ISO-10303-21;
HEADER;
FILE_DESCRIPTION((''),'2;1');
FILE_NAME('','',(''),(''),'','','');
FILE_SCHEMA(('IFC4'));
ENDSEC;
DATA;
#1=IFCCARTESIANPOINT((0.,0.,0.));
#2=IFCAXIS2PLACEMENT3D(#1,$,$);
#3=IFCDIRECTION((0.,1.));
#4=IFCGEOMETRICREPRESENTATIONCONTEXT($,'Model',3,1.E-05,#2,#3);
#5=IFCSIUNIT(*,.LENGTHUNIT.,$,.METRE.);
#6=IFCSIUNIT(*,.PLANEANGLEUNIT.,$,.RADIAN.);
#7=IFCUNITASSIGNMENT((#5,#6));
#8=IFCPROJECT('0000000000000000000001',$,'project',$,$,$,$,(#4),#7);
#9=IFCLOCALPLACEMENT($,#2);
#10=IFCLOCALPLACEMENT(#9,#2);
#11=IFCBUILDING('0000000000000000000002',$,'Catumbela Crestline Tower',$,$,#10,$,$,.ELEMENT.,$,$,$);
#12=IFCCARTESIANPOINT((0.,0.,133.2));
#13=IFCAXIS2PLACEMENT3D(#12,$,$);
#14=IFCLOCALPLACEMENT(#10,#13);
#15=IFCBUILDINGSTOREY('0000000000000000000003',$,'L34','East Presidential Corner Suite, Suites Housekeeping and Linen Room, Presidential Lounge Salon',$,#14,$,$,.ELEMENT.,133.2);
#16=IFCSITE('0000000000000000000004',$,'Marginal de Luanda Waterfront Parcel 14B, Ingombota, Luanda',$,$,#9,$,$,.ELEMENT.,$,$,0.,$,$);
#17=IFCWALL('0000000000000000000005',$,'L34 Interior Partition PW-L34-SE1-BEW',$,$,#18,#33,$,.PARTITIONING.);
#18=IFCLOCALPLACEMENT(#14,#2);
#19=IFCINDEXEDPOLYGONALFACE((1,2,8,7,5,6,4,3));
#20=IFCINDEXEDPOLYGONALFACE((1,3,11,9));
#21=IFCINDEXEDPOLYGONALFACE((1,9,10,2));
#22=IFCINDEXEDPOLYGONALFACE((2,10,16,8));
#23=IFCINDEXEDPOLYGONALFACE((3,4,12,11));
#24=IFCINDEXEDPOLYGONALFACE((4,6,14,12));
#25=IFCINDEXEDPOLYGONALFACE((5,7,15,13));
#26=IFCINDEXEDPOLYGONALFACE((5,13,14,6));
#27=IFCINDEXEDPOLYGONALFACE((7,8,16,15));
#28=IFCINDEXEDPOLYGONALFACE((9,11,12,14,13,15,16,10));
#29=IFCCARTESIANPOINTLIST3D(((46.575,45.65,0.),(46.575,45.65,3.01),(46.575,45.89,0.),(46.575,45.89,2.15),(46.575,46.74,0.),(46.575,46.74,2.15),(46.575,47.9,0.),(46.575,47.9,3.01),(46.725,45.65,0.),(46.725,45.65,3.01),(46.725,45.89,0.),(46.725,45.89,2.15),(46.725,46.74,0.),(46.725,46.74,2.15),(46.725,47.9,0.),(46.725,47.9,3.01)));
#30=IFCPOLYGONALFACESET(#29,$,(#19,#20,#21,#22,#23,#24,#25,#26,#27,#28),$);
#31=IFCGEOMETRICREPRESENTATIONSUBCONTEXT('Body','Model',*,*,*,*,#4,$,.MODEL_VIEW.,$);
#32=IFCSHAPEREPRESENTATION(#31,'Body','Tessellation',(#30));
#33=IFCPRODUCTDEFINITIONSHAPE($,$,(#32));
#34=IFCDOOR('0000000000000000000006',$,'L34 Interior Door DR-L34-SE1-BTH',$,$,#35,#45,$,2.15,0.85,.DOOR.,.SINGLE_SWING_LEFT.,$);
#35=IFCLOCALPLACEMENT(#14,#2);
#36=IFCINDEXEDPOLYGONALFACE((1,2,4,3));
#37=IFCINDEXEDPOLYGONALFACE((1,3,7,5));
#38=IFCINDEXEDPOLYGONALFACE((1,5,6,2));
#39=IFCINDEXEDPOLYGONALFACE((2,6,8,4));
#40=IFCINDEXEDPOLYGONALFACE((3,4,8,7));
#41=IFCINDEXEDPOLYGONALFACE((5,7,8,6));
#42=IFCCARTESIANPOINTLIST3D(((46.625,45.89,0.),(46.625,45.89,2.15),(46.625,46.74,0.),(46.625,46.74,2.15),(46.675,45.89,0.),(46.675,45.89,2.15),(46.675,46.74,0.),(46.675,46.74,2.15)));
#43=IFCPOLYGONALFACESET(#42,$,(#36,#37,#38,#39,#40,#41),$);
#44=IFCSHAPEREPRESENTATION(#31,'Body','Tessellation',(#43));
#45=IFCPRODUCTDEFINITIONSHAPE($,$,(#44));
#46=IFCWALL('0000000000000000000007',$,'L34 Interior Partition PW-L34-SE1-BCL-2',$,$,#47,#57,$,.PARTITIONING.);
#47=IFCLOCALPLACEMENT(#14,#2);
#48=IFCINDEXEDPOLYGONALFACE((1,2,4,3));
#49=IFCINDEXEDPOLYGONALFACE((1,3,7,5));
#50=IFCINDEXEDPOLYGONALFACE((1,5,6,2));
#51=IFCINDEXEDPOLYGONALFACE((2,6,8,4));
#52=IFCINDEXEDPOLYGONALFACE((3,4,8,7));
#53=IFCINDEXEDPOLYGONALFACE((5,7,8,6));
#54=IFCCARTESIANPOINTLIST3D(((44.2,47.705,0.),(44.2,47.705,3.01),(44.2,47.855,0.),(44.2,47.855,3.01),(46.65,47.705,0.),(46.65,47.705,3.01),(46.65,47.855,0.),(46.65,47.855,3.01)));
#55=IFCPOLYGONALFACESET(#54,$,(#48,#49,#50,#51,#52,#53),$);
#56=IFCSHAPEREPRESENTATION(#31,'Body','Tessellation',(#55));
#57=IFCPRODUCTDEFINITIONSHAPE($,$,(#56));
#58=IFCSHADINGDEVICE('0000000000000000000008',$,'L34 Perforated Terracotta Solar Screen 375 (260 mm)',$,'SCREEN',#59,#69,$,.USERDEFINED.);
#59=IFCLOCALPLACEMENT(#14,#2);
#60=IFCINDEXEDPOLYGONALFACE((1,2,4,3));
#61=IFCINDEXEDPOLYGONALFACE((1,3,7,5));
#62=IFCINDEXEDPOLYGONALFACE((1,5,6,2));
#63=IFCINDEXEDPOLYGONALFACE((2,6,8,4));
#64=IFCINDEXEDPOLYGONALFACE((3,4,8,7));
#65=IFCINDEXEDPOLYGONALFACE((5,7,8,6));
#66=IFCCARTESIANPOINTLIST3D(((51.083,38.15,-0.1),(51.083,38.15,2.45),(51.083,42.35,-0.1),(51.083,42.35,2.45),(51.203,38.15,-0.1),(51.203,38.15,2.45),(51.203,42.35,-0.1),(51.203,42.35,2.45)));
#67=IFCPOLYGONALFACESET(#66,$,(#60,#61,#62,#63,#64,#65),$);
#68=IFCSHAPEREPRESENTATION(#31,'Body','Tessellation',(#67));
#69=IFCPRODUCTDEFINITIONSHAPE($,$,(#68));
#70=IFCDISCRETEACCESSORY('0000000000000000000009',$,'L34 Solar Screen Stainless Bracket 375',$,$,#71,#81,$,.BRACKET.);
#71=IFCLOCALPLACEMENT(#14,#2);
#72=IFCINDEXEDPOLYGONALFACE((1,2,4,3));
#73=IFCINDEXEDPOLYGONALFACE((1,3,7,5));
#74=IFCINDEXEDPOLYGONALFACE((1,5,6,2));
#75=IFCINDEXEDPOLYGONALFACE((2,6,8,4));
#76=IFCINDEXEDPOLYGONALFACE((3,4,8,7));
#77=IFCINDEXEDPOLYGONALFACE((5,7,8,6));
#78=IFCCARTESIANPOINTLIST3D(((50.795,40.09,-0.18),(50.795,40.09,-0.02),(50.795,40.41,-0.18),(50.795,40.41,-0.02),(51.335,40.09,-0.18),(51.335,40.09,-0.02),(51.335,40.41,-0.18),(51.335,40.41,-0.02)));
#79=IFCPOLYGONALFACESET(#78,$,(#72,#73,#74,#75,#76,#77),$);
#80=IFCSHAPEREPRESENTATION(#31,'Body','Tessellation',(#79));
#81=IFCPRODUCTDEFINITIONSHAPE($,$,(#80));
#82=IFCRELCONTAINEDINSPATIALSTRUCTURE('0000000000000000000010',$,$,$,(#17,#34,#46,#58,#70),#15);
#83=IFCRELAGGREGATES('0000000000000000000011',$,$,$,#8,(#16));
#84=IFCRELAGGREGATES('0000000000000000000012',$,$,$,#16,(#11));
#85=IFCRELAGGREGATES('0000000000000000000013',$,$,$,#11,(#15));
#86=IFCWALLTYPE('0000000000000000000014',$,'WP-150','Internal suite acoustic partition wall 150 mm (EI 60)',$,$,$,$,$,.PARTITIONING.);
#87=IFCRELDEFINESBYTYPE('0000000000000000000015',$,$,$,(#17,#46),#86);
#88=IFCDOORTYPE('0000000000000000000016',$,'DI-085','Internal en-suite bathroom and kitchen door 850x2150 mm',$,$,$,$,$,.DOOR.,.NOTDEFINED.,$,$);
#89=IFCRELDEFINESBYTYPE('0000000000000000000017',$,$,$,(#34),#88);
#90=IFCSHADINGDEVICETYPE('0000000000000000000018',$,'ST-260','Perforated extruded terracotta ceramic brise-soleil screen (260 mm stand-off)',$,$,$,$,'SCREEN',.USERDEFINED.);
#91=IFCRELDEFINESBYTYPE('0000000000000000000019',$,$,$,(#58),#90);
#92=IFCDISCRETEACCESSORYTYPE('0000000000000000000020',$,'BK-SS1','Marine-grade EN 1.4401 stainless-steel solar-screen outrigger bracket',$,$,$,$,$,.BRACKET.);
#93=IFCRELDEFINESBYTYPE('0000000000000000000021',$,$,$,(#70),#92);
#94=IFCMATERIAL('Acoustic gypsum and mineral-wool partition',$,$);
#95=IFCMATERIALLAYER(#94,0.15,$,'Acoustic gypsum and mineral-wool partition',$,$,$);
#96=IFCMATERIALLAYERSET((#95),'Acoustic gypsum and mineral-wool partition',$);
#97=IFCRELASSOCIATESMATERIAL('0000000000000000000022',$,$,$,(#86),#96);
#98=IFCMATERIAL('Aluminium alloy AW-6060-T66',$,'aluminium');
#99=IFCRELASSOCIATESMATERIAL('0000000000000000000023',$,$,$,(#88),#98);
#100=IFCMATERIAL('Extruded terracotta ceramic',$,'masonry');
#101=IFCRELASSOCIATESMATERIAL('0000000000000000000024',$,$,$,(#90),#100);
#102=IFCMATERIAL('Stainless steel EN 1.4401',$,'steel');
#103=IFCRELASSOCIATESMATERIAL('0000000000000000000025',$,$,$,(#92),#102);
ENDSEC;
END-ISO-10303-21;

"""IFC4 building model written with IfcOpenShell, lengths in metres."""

from ifc_helpers import new_model, si_unit, direction, frame, frame_2d, origin, origin_2d, place, context, subcontext, project, spatial, rectangle, extrude, material, layer, layer_set, type_object, element, fill, save


model = new_model("IFC4")

# Units and contexts
model_context = context("Model", 3, precision=1e-05, world=origin(), true_north=direction((0.0, 1.0)))
body_context = subcontext(model_context, "Body", "Model", "MODEL_VIEW")
ifc_project = project(units=[si_unit("LENGTHUNIT", "METRE"), si_unit("PLANEANGLEUNIT", "RADIAN")], contexts=[model_context])

# Site, building, storey
site_placement = place(None, origin())
site = spatial("IfcSite", under=ifc_project, at=site_placement, Name="Marginal de Luanda Waterfront Parcel 14B, Ingombota, Luanda", CompositionType="ELEMENT", RefElevation=0.0)
building_placement = place(site_placement, origin())
building = spatial("IfcBuilding", under=site, at=building_placement, Name="Catumbela Crestline Tower", CompositionType="ELEMENT")
storey_placement = place(building_placement, frame((0.0, 0.0, 133.2)))
storey = spatial("IfcBuildingStorey", under=building, at=storey_placement, Name="L34", Description="East Presidential Corner Suite, Suites Housekeeping and Linen Room, Presidential Lounge Salon", CompositionType="ELEMENT", Elevation=133.2)

# Shared definitions
ifc_material_1 = material(Name="Aluminium alloy AW-6060-T66", Category="aluminium")

# Shared definitions
ifc_material_2 = material(Name="Acoustic gypsum and mineral-wool partition")

# Shared definitions
ifc_layer_1 = layer(ifc_material_2, 0.15, Name="Acoustic gypsum and mineral-wool partition")
ifc_layer_set_1 = layer_set([ifc_layer_1], Name="Acoustic gypsum and mineral-wool partition")
wall_type_1 = type_object("IfcWallType", Name="WP-150", Description="Internal suite acoustic partition wall 150 mm (EI 60)", PredefinedType="PARTITIONING", material=ifc_layer_set_1)

# Wall, opening, door
wall_1_placement = place(storey_placement, frame((46.65, 45.65, 0.0), z_axis=(0.0, 0.0, 1.0), x_axis=(0.0, 1.0, 0.0)))
wall_1 = element("IfcWall", 1, at=wall_1_placement, inside=storey, type_object=wall_type_1, Name="L34 Interior Partition PW-L34-SE1-BEW", PredefinedType="PARTITIONING", context=body_context, shape_type="SweptSolid", body=[
    extrude(rectangle(XDim=2.25, YDim=0.15, at=frame_2d((1.125, 0.0))), origin(), (0.0, 0.0, 1.0), 3.01),
])
opening_1_placement = place(wall_1_placement, frame((0.24, 0.0, 0.0)))
opening_1 = element("IfcOpeningElement", 2, at=opening_1_placement, cuts=wall_1, PredefinedType="OPENING", context=body_context, shape_type="SweptSolid", body=[
    extrude(rectangle(XDim=0.85, YDim=2.15, at=frame_2d((0.425, 1.075))), frame((0.0, 0.085, 0.0), z_axis=(0.0, -1.0, 0.0), x_axis=(1.0, 0.0, 0.0)), (0.0, 0.0, 1.0), 0.17),
])
door_type = type_object("IfcDoorType", Name="DI-085", Description="Internal en-suite bathroom and kitchen door 850x2150 mm", OperationType="NOTDEFINED", PredefinedType="DOOR", material=ifc_material_1)
door_placement = place(opening_1_placement, origin())
door = element("IfcDoor", 3, at=door_placement, inside=storey, type_object=door_type, Name="L34 Interior Door DR-L34-SE1-BTH", OperationType="SINGLE_SWING_LEFT", OverallHeight=2.15, OverallWidth=0.85, PredefinedType="DOOR", context=body_context, shape_type="SweptSolid", body=[
    extrude(rectangle(XDim=0.85, YDim=2.15, at=frame_2d((0.425, 1.075))), frame((0.0, 0.025, 0.0), z_axis=(0.0, -1.0, 0.0), x_axis=(1.0, 0.0, 0.0)), (0.0, 0.0, 1.0), 0.05),
])
fill(opening_1, door)

# Wall
wall_2_placement = place(storey_placement, frame((44.2, 47.78, 0.0), z_axis=(0.0, 0.0, 1.0), x_axis=(1.0, 0.0, 0.0)))
element("IfcWall", 4, at=wall_2_placement, inside=storey, type_object=wall_type_1, Name="L34 Interior Partition PW-L34-SE1-BCL-2", PredefinedType="PARTITIONING", context=body_context, shape_type="SweptSolid", body=[
    extrude(rectangle(XDim=2.45, YDim=0.15, at=frame_2d((1.225, 0.0))), origin(), (0.0, 0.0, 1.0), 3.01),
])

# Shading device
ifc_material_3 = material(Name="Extruded terracotta ceramic", Category="masonry")
shading_device_type = type_object("IfcShadingDeviceType", Name="ST-260", Description="Perforated extruded terracotta ceramic brise-soleil screen (260 mm stand-off)", ElementType="SCREEN", PredefinedType="USERDEFINED", material=ifc_material_3)
shading_device_placement = place(storey_placement, frame((51.143, 40.25, -0.1), z_axis=(0.0, 0.0, 1.0), x_axis=(0.0, 1.0, 0.0)))
element("IfcShadingDevice", 5, at=shading_device_placement, inside=storey, type_object=shading_device_type, Name="L34 Perforated Terracotta Solar Screen 375 (260 mm)", ObjectType="SCREEN", PredefinedType="USERDEFINED", context=body_context, shape_type="SweptSolid", body=[
    extrude(rectangle(XDim=4.2, YDim=0.12, at=origin_2d()), origin(), (0.0, 0.0, 1.0), 2.55),
])

# Discrete accessory
ifc_material_4 = material(Name="Stainless steel EN 1.4401", Category="steel")
discrete_accessory_type = type_object("IfcDiscreteAccessoryType", Name="BK-SS1", Description="Marine-grade EN 1.4401 stainless-steel solar-screen outrigger bracket", PredefinedType="BRACKET", material=ifc_material_4)
discrete_accessory_placement = place(storey_placement, frame((51.065, 40.25, -0.18), z_axis=(0.0, 0.0, 1.0), x_axis=(0.0, 1.0, 0.0)))
element("IfcDiscreteAccessory", 6, at=discrete_accessory_placement, inside=storey, type_object=discrete_accessory_type, Name="L34 Solar Screen Stainless Bracket 375", PredefinedType="BRACKET", context=body_context, shape_type="SweptSolid", body=[
    extrude(rectangle(XDim=0.32, YDim=0.54, at=origin_2d()), origin(), (0.0, 0.0, 1.0), 0.16),
])

save(model, "model.ifc")
